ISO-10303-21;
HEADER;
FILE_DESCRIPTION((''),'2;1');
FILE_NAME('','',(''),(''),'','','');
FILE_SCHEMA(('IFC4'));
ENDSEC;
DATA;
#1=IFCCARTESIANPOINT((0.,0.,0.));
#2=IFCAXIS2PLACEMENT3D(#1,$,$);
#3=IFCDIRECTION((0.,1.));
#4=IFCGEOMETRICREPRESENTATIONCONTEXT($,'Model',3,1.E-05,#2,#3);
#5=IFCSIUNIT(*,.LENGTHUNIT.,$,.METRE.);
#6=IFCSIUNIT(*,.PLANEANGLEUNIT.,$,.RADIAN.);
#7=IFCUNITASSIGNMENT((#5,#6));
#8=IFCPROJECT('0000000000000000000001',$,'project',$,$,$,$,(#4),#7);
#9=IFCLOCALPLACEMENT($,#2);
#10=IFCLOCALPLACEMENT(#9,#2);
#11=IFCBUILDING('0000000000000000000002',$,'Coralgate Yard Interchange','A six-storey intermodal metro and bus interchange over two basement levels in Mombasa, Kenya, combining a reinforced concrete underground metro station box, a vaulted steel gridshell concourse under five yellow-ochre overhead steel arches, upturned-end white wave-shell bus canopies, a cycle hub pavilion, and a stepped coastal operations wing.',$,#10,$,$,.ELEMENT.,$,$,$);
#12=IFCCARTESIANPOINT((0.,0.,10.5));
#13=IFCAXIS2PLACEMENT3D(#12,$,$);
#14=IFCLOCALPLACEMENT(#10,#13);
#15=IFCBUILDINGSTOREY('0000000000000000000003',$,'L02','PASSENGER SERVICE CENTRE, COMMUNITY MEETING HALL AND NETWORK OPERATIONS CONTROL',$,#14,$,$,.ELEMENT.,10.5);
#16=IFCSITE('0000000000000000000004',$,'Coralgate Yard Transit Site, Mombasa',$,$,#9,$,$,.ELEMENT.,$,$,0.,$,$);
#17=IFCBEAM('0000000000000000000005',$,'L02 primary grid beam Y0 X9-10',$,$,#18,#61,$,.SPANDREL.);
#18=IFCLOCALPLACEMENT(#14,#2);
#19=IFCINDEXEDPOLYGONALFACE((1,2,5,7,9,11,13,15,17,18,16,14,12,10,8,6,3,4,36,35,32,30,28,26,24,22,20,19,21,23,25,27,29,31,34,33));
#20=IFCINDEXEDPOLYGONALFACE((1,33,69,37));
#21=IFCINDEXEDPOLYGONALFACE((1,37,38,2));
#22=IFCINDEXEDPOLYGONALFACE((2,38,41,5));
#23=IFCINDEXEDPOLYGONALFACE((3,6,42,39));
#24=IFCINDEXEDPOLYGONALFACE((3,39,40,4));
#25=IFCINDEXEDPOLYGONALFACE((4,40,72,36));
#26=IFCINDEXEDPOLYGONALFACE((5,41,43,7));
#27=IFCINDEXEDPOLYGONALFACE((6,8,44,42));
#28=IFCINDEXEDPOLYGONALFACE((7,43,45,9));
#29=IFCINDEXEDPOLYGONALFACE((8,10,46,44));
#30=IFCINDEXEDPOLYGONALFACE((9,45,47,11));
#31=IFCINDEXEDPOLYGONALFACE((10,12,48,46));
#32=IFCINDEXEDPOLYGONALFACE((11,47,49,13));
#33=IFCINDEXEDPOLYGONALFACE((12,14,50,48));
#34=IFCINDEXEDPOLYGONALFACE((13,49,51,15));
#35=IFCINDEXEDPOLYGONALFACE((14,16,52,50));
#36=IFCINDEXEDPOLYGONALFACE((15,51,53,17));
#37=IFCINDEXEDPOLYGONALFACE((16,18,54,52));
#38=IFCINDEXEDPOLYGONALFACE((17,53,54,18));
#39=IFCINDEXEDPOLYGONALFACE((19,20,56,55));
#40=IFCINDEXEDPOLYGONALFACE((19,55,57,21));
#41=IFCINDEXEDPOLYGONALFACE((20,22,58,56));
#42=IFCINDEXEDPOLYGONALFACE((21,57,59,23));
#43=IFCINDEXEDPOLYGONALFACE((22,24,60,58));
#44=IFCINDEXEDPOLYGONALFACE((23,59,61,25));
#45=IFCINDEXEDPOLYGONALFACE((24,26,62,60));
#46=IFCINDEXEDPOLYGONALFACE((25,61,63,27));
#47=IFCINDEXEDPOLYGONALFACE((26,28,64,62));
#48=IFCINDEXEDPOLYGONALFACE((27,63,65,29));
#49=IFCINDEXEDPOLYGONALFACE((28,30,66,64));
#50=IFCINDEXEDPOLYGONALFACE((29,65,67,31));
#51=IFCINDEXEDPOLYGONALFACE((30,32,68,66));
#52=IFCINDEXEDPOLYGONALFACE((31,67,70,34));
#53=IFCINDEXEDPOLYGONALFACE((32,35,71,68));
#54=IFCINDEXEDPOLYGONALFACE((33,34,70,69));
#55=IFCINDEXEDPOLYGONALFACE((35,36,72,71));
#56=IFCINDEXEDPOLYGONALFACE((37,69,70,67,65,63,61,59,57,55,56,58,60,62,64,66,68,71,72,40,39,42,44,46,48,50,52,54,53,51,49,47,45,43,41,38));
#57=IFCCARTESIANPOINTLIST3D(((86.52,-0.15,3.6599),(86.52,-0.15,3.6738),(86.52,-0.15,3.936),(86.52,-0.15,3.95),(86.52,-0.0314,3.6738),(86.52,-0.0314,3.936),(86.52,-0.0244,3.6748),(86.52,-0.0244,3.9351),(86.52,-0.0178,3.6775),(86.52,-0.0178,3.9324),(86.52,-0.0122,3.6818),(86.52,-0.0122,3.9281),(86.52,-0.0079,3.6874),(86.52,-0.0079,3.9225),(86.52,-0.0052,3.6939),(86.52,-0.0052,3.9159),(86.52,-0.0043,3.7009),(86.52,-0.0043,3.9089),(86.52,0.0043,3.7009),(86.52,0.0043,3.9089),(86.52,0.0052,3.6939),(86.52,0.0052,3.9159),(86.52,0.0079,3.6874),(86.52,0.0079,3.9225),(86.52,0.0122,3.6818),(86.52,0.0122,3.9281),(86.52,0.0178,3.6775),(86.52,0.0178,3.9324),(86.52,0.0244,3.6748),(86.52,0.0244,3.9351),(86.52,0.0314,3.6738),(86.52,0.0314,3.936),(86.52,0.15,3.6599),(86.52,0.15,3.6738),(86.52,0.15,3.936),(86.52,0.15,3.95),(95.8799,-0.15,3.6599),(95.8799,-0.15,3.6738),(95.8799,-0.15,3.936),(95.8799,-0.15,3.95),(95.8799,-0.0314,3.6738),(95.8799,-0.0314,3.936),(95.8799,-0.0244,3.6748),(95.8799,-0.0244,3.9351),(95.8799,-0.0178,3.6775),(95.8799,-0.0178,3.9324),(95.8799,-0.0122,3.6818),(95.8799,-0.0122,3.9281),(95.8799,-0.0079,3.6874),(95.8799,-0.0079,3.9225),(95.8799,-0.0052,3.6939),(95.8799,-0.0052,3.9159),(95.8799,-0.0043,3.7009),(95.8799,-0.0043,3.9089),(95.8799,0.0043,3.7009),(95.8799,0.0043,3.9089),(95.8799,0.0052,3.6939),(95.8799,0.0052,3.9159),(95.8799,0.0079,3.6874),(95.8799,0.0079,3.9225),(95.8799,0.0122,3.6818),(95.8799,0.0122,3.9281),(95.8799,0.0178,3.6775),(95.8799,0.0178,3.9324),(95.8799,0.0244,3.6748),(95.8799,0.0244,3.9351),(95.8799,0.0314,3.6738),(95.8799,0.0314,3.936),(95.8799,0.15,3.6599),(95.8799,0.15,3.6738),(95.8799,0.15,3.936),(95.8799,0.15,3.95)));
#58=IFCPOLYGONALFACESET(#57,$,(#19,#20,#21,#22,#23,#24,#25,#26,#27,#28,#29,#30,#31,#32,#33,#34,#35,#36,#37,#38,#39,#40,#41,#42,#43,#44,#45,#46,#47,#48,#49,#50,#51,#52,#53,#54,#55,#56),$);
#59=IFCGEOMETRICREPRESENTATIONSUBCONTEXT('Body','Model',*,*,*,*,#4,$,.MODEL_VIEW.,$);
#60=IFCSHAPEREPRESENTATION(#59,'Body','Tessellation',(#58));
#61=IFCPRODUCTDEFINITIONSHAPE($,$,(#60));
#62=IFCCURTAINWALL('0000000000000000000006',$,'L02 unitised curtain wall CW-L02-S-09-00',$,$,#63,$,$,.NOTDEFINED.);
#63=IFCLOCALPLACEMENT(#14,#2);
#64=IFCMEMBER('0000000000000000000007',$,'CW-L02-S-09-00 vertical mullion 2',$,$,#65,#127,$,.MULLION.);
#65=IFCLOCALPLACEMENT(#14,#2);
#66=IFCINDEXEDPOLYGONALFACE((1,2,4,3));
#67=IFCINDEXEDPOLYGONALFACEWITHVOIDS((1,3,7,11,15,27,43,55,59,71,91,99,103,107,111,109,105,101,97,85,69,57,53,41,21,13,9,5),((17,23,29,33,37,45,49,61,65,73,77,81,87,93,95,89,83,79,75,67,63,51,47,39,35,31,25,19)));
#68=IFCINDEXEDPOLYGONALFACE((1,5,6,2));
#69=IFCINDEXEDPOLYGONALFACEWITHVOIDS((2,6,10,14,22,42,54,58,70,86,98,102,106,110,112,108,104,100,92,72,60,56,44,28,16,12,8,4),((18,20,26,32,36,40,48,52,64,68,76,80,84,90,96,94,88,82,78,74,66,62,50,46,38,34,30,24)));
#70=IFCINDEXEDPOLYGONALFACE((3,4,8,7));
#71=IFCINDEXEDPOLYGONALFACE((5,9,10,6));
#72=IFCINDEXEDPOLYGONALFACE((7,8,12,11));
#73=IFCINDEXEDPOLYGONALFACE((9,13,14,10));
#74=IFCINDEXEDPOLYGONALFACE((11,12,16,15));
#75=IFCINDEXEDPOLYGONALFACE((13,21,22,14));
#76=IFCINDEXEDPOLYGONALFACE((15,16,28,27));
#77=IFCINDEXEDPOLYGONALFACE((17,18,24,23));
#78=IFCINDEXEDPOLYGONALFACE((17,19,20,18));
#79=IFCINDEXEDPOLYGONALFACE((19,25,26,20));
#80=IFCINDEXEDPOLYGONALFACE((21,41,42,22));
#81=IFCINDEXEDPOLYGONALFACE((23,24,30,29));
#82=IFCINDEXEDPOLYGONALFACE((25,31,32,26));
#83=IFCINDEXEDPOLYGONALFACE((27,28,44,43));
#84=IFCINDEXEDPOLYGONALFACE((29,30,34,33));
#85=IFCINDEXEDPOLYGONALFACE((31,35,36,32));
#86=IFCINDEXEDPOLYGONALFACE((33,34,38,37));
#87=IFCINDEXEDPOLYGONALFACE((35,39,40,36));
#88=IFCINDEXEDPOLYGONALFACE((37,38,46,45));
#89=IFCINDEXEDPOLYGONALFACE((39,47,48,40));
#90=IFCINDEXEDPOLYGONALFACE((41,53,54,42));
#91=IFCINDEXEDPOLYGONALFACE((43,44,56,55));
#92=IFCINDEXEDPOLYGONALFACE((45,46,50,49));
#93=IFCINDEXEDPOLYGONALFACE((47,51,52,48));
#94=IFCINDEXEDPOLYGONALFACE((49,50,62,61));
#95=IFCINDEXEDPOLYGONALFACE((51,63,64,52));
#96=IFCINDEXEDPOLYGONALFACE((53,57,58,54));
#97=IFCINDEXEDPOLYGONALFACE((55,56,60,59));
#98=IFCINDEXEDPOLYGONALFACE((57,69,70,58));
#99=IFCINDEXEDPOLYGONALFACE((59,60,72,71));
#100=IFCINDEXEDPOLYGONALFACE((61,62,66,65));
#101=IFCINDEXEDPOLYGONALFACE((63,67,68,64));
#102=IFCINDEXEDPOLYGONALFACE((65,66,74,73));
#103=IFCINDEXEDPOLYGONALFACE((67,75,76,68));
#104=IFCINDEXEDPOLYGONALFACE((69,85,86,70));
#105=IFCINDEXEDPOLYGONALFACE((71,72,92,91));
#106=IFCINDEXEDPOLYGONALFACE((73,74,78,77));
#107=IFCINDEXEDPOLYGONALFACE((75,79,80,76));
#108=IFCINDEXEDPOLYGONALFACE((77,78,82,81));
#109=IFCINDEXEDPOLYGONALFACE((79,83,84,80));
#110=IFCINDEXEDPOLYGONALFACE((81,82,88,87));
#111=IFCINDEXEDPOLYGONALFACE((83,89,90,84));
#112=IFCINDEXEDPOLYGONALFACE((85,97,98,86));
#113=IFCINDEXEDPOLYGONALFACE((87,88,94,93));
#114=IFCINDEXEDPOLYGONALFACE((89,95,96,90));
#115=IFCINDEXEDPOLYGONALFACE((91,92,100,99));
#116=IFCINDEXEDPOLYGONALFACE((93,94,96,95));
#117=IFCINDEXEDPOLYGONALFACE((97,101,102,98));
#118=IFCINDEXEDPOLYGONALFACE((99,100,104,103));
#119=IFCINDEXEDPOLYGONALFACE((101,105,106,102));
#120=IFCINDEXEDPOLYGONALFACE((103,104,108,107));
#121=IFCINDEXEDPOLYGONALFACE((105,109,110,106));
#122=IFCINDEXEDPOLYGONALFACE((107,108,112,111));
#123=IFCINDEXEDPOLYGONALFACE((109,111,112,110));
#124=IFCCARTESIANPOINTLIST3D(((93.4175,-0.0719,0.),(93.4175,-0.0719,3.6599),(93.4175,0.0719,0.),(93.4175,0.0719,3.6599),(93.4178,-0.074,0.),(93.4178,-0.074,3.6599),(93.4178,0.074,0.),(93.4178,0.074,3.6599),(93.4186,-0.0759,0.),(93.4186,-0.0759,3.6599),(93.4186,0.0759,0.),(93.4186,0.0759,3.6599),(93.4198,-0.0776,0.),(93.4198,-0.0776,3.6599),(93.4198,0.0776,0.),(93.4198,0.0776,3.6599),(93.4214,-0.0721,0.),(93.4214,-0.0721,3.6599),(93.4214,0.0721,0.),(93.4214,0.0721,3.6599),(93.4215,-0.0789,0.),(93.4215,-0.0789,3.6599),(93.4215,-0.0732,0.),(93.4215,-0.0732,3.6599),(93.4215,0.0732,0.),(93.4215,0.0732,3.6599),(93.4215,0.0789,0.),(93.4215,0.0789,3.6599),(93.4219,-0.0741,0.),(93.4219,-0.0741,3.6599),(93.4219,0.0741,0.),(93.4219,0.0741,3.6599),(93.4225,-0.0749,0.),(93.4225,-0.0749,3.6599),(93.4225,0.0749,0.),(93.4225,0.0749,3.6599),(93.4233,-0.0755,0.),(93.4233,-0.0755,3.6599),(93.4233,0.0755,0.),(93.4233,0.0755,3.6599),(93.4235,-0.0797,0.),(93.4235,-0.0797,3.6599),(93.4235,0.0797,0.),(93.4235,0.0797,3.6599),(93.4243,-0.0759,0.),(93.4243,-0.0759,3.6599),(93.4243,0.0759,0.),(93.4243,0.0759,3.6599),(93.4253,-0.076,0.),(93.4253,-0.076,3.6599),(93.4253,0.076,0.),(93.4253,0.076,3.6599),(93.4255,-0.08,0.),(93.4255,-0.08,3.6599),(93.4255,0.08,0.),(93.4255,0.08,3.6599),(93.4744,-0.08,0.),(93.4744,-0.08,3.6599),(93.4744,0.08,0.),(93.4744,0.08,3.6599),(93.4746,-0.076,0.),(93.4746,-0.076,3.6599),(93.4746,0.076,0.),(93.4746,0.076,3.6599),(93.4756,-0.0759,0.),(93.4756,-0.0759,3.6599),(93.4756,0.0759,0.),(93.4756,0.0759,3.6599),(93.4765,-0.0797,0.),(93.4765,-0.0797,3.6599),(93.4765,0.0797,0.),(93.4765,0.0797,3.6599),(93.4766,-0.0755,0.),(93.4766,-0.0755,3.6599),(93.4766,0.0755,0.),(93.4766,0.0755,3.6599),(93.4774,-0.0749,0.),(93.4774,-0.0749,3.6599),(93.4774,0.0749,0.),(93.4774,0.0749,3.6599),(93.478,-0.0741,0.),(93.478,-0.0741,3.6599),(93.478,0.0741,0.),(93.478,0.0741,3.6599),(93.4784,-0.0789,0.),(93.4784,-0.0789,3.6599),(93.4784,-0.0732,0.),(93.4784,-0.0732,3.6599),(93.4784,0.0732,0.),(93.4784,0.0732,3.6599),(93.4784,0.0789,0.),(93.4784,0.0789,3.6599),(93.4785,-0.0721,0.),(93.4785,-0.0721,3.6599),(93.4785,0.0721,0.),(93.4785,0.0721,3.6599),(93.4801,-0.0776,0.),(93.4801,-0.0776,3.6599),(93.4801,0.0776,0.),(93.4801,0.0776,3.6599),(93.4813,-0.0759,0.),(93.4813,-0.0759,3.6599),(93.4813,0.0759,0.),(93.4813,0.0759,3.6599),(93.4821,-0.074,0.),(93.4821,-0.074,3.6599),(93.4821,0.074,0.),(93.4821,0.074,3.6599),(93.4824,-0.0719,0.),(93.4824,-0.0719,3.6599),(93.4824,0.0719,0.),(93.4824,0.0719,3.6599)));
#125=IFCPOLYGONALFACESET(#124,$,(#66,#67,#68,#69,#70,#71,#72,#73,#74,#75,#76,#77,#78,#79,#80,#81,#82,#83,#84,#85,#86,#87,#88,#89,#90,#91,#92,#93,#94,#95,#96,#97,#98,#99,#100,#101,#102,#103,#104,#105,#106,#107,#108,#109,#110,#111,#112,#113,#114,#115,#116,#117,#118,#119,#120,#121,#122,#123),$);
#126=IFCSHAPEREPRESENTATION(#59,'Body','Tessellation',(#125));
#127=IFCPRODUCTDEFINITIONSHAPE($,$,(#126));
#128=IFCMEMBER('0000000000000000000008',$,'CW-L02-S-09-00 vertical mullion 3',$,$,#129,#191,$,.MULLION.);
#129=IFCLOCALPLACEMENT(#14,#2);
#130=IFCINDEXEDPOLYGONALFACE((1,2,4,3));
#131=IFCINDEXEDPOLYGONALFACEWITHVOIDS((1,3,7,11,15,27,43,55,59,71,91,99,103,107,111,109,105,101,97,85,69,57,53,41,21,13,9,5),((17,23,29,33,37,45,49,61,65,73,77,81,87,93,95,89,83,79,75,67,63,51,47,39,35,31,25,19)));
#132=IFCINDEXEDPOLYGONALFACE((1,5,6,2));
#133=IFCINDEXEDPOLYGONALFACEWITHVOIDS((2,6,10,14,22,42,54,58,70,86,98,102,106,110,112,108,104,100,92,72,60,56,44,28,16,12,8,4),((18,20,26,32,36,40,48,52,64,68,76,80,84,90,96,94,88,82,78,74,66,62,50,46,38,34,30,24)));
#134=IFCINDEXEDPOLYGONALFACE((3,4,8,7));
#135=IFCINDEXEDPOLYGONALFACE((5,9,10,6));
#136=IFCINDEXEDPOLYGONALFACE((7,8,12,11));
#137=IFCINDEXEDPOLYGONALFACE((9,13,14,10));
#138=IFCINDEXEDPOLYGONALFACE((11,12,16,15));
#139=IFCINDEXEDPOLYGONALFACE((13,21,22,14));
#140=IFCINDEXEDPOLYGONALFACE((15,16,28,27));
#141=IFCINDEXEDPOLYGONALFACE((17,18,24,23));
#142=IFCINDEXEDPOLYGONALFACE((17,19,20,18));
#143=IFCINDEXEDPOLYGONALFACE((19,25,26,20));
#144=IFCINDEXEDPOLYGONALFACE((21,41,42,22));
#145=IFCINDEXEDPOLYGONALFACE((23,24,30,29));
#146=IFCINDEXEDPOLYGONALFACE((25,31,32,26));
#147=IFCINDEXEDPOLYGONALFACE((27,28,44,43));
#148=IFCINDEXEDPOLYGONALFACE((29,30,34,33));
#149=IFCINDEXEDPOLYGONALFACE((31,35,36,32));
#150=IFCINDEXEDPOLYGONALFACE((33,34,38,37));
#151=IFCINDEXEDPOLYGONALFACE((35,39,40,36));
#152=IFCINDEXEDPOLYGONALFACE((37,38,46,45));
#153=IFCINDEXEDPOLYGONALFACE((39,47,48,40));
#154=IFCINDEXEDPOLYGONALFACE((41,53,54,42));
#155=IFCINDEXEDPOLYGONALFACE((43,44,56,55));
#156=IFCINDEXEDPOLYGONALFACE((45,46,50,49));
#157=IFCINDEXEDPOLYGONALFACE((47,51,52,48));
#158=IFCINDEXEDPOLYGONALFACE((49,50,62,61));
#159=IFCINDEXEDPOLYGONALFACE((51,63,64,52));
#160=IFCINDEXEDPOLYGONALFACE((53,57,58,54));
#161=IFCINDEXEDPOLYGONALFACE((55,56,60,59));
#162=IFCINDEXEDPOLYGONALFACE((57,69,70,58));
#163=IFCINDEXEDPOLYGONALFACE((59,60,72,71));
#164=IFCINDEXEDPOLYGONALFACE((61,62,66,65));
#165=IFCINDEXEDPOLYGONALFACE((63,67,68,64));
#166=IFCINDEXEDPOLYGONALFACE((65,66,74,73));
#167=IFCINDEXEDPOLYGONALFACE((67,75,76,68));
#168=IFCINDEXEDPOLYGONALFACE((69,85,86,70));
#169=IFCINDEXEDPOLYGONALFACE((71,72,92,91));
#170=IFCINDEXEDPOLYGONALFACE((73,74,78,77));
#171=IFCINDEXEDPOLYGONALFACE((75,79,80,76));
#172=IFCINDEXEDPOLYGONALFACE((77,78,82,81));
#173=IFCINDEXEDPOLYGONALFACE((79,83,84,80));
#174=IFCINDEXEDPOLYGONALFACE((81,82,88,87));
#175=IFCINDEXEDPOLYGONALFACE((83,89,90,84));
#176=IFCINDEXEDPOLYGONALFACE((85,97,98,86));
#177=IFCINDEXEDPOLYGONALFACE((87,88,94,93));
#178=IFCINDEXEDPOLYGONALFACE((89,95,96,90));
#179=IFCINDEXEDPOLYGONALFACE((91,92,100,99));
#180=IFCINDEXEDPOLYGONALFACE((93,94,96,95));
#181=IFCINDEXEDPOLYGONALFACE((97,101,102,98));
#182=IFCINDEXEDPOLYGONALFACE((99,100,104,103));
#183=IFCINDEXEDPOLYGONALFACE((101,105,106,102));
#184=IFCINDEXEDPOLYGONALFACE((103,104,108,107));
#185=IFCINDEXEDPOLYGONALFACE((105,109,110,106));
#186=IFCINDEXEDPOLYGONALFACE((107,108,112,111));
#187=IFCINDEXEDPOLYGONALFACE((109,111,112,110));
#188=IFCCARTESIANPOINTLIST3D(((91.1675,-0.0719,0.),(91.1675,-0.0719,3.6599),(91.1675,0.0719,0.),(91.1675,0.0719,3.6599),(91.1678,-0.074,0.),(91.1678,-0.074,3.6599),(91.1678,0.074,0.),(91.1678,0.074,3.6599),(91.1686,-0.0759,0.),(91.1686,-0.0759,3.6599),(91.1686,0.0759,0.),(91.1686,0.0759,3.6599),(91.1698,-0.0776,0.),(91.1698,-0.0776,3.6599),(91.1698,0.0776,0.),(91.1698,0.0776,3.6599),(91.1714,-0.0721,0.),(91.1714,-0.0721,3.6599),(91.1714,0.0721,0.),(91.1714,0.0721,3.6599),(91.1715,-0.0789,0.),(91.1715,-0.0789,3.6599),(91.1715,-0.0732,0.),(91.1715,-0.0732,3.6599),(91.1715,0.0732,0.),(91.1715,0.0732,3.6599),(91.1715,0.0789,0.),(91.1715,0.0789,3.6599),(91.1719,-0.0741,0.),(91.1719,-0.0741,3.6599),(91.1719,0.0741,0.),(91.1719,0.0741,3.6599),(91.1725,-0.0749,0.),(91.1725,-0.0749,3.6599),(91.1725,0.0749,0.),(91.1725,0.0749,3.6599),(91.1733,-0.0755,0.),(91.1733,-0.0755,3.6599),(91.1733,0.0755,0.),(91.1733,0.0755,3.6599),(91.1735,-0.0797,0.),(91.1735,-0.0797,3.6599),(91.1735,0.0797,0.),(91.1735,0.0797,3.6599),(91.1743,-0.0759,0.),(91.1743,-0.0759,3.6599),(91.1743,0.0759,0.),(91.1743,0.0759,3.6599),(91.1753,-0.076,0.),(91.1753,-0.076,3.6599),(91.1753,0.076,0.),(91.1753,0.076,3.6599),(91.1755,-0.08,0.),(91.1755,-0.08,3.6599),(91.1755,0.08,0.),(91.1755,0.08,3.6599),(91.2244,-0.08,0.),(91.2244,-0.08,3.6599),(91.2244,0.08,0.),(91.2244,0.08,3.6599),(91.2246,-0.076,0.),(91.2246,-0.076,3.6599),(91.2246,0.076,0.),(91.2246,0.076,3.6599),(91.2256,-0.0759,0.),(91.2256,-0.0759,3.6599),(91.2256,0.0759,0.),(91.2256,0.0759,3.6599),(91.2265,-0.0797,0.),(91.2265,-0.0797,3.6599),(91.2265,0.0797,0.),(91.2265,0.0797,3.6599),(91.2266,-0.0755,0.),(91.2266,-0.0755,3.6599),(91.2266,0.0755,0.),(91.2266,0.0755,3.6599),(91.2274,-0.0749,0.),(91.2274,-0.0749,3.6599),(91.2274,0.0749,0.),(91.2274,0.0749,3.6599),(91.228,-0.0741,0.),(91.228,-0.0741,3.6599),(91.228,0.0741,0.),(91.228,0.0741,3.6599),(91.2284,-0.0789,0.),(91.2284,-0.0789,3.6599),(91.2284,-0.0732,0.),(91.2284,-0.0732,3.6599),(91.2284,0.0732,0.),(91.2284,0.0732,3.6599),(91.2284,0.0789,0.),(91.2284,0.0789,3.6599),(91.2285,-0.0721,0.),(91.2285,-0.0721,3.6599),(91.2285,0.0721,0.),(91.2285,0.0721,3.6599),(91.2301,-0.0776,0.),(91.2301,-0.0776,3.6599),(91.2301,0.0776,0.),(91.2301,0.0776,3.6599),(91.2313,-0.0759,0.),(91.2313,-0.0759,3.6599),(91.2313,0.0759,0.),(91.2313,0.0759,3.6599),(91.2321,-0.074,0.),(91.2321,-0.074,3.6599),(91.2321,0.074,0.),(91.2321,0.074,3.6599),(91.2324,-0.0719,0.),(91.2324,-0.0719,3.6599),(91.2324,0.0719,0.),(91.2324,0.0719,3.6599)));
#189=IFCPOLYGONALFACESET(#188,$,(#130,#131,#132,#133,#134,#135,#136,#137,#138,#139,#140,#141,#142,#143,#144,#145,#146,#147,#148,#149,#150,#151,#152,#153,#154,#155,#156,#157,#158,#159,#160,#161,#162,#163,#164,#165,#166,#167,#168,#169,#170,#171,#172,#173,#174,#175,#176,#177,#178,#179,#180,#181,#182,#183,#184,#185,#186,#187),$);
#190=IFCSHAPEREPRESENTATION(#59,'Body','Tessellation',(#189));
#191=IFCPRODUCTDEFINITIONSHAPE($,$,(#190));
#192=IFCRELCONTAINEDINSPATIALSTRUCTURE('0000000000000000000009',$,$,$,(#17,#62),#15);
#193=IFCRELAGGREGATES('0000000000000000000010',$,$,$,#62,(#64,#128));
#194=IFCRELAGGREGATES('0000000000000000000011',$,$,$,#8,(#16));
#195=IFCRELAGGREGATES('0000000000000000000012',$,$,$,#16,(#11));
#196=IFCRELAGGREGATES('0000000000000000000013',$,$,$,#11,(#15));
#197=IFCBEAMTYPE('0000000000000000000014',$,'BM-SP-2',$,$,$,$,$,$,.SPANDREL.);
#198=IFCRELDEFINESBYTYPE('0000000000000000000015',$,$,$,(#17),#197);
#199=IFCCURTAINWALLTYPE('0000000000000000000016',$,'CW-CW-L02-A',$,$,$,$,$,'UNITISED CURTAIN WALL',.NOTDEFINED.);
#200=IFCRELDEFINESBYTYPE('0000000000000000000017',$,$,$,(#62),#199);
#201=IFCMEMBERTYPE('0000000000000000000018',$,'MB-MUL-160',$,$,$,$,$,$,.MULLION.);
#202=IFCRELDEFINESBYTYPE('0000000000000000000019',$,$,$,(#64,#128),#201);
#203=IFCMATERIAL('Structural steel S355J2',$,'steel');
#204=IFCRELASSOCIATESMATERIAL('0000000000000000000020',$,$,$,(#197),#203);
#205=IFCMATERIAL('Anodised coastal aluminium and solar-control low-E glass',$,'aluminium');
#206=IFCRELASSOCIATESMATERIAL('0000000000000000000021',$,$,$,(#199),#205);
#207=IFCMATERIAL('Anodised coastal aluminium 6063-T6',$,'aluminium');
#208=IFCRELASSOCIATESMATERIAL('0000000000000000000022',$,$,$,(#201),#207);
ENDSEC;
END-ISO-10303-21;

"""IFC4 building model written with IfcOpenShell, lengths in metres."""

from ifc_helpers import new_model, si_unit, direction, frame, origin, origin_2d, place, context, subcontext, project, spatial, hollow_rectangle, i_section, extrude, material, material_profile, profile_set, type_object, element, aggregate, save


model = new_model("IFC4")

# Units and contexts
model_context = context("Model", 3, precision=1e-05, world=origin(), true_north=direction((0.0, 1.0)))
body_context = subcontext(model_context, "Body", "Model", "MODEL_VIEW")
ifc_project = project(units=[si_unit("LENGTHUNIT", "METRE"), si_unit("PLANEANGLEUNIT", "RADIAN")], contexts=[model_context])

# Site, building, storey
site_placement = place(None, origin())
site = spatial("IfcSite", under=ifc_project, at=site_placement, Name="Coralgate Yard Transit Site, Mombasa", CompositionType="ELEMENT", RefElevation=0.0)
building_placement = place(site_placement, origin())
building = spatial("IfcBuilding", under=site, at=building_placement, Name="Coralgate Yard Interchange", Description="A six-storey intermodal metro and bus interchange over two basement levels in Mombasa, Kenya, combining a reinforced concrete underground metro station box, a vaulted steel gridshell concourse under five yellow-ochre overhead steel arches, upturned-end white wave-shell bus canopies, a cycle hub pavilion, and a stepped coastal operations wing.", CompositionType="ELEMENT")
storey_placement = place(building_placement, frame((0.0, 0.0, 10.5)))
storey = spatial("IfcBuildingStorey", under=building, at=storey_placement, Name="L02", Description="PASSENGER SERVICE CENTRE, COMMUNITY MEETING HALL AND NETWORK OPERATIONS CONTROL", CompositionType="ELEMENT", Elevation=10.5)

# Shared definitions
ifc_material_1 = material(Name="Structural steel S355J2", Category="steel")

# Beam
ifc_material_profile_1 = material_profile(ifc_material_1, i_section(OverallWidth=0.3, OverallDepth=0.29, WebThickness=0.0085, FlangeThickness=0.0139, FilletRadius=0.0271, at=origin_2d()), Name="HEA 300")
ifc_profile_set_1 = profile_set([ifc_material_profile_1], Name="Structural steel S355J2")
beam_type_1 = type_object("IfcBeamType", Name="BM-SP-2", PredefinedType="SPANDREL", material=ifc_profile_set_1)
beam_1_placement = place(storey_placement, frame((86.52, 0.0, 3.8049), z_axis=(1.0, 0.0, 0.0), x_axis=(0.0, 1.0, 0.0)))
element("IfcBeam", 1, at=beam_1_placement, inside=storey, type_object=beam_type_1, Name="L02 primary grid beam Y0 X9-10", PredefinedType="SPANDREL", context=body_context, shape_type="SweptSolid", body=[
    extrude(i_section(OverallWidth=0.3, OverallDepth=0.29, WebThickness=0.0085, FlangeThickness=0.0139, FilletRadius=0.0271, at=origin_2d()), origin(), (0.0, 0.0, 1.0), 9.3599),
])

# Curtain wall, members
ifc_material_2 = material(Name="Anodised coastal aluminium and solar-control low-E glass", Category="aluminium")
curtain_wall_type = type_object("IfcCurtainWallType", Name="CW-CW-L02-A", ElementType="UNITISED CURTAIN WALL", PredefinedType="NOTDEFINED", material=ifc_material_2)
curtain_wall_placement = place(storey_placement, origin())
curtain_wall = element("IfcCurtainWall", 2, at=curtain_wall_placement, inside=storey, type_object=curtain_wall_type, Name="L02 unitised curtain wall CW-L02-S-09-00", PredefinedType="NOTDEFINED")
ifc_material_3 = material(Name="Anodised coastal aluminium 6063-T6", Category="aluminium")
ifc_material_profile_2 = material_profile(ifc_material_3, hollow_rectangle(XDim=0.0649, YDim=0.1599, WallThickness=0.0039, InnerFilletRadius=0.0039, OuterFilletRadius=0.0081, at=origin_2d()), Name="ALU 65x160x4")
ifc_profile_set_2 = profile_set([ifc_material_profile_2], Name="Anodised coastal aluminium 6063-T6")
member_type_1 = type_object("IfcMemberType", Name="MB-MUL-160", PredefinedType="MULLION", material=ifc_profile_set_2)
member_1_placement = place(storey_placement, frame((93.45, 0.0, 0.0), z_axis=(0.0, 0.0, 1.0), x_axis=(1.0, 0.0, 0.0)))
member_1 = element("IfcMember", 3, at=member_1_placement, type_object=member_type_1, Name="CW-L02-S-09-00 vertical mullion 2", PredefinedType="MULLION", context=body_context, shape_type="SweptSolid", body=[
    extrude(hollow_rectangle(XDim=0.0649, YDim=0.1599, WallThickness=0.0039, InnerFilletRadius=0.0039, OuterFilletRadius=0.0081, at=origin_2d()), origin(), (0.0, 0.0, 1.0), 3.6599),
])
member_2_placement = place(storey_placement, frame((91.2, 0.0, 0.0), z_axis=(0.0, 0.0, 1.0), x_axis=(1.0, 0.0, 0.0)))
member_2 = element("IfcMember", 4, at=member_2_placement, type_object=member_type_1, Name="CW-L02-S-09-00 vertical mullion 3", PredefinedType="MULLION", context=body_context, shape_type="SweptSolid", body=[
    extrude(hollow_rectangle(XDim=0.0649, YDim=0.1599, WallThickness=0.0039, InnerFilletRadius=0.0039, OuterFilletRadius=0.0081, at=origin_2d()), origin(), (0.0, 0.0, 1.0), 3.6599),
])
aggregate(curtain_wall, [member_1, member_2])

save(model, "model.ifc")
